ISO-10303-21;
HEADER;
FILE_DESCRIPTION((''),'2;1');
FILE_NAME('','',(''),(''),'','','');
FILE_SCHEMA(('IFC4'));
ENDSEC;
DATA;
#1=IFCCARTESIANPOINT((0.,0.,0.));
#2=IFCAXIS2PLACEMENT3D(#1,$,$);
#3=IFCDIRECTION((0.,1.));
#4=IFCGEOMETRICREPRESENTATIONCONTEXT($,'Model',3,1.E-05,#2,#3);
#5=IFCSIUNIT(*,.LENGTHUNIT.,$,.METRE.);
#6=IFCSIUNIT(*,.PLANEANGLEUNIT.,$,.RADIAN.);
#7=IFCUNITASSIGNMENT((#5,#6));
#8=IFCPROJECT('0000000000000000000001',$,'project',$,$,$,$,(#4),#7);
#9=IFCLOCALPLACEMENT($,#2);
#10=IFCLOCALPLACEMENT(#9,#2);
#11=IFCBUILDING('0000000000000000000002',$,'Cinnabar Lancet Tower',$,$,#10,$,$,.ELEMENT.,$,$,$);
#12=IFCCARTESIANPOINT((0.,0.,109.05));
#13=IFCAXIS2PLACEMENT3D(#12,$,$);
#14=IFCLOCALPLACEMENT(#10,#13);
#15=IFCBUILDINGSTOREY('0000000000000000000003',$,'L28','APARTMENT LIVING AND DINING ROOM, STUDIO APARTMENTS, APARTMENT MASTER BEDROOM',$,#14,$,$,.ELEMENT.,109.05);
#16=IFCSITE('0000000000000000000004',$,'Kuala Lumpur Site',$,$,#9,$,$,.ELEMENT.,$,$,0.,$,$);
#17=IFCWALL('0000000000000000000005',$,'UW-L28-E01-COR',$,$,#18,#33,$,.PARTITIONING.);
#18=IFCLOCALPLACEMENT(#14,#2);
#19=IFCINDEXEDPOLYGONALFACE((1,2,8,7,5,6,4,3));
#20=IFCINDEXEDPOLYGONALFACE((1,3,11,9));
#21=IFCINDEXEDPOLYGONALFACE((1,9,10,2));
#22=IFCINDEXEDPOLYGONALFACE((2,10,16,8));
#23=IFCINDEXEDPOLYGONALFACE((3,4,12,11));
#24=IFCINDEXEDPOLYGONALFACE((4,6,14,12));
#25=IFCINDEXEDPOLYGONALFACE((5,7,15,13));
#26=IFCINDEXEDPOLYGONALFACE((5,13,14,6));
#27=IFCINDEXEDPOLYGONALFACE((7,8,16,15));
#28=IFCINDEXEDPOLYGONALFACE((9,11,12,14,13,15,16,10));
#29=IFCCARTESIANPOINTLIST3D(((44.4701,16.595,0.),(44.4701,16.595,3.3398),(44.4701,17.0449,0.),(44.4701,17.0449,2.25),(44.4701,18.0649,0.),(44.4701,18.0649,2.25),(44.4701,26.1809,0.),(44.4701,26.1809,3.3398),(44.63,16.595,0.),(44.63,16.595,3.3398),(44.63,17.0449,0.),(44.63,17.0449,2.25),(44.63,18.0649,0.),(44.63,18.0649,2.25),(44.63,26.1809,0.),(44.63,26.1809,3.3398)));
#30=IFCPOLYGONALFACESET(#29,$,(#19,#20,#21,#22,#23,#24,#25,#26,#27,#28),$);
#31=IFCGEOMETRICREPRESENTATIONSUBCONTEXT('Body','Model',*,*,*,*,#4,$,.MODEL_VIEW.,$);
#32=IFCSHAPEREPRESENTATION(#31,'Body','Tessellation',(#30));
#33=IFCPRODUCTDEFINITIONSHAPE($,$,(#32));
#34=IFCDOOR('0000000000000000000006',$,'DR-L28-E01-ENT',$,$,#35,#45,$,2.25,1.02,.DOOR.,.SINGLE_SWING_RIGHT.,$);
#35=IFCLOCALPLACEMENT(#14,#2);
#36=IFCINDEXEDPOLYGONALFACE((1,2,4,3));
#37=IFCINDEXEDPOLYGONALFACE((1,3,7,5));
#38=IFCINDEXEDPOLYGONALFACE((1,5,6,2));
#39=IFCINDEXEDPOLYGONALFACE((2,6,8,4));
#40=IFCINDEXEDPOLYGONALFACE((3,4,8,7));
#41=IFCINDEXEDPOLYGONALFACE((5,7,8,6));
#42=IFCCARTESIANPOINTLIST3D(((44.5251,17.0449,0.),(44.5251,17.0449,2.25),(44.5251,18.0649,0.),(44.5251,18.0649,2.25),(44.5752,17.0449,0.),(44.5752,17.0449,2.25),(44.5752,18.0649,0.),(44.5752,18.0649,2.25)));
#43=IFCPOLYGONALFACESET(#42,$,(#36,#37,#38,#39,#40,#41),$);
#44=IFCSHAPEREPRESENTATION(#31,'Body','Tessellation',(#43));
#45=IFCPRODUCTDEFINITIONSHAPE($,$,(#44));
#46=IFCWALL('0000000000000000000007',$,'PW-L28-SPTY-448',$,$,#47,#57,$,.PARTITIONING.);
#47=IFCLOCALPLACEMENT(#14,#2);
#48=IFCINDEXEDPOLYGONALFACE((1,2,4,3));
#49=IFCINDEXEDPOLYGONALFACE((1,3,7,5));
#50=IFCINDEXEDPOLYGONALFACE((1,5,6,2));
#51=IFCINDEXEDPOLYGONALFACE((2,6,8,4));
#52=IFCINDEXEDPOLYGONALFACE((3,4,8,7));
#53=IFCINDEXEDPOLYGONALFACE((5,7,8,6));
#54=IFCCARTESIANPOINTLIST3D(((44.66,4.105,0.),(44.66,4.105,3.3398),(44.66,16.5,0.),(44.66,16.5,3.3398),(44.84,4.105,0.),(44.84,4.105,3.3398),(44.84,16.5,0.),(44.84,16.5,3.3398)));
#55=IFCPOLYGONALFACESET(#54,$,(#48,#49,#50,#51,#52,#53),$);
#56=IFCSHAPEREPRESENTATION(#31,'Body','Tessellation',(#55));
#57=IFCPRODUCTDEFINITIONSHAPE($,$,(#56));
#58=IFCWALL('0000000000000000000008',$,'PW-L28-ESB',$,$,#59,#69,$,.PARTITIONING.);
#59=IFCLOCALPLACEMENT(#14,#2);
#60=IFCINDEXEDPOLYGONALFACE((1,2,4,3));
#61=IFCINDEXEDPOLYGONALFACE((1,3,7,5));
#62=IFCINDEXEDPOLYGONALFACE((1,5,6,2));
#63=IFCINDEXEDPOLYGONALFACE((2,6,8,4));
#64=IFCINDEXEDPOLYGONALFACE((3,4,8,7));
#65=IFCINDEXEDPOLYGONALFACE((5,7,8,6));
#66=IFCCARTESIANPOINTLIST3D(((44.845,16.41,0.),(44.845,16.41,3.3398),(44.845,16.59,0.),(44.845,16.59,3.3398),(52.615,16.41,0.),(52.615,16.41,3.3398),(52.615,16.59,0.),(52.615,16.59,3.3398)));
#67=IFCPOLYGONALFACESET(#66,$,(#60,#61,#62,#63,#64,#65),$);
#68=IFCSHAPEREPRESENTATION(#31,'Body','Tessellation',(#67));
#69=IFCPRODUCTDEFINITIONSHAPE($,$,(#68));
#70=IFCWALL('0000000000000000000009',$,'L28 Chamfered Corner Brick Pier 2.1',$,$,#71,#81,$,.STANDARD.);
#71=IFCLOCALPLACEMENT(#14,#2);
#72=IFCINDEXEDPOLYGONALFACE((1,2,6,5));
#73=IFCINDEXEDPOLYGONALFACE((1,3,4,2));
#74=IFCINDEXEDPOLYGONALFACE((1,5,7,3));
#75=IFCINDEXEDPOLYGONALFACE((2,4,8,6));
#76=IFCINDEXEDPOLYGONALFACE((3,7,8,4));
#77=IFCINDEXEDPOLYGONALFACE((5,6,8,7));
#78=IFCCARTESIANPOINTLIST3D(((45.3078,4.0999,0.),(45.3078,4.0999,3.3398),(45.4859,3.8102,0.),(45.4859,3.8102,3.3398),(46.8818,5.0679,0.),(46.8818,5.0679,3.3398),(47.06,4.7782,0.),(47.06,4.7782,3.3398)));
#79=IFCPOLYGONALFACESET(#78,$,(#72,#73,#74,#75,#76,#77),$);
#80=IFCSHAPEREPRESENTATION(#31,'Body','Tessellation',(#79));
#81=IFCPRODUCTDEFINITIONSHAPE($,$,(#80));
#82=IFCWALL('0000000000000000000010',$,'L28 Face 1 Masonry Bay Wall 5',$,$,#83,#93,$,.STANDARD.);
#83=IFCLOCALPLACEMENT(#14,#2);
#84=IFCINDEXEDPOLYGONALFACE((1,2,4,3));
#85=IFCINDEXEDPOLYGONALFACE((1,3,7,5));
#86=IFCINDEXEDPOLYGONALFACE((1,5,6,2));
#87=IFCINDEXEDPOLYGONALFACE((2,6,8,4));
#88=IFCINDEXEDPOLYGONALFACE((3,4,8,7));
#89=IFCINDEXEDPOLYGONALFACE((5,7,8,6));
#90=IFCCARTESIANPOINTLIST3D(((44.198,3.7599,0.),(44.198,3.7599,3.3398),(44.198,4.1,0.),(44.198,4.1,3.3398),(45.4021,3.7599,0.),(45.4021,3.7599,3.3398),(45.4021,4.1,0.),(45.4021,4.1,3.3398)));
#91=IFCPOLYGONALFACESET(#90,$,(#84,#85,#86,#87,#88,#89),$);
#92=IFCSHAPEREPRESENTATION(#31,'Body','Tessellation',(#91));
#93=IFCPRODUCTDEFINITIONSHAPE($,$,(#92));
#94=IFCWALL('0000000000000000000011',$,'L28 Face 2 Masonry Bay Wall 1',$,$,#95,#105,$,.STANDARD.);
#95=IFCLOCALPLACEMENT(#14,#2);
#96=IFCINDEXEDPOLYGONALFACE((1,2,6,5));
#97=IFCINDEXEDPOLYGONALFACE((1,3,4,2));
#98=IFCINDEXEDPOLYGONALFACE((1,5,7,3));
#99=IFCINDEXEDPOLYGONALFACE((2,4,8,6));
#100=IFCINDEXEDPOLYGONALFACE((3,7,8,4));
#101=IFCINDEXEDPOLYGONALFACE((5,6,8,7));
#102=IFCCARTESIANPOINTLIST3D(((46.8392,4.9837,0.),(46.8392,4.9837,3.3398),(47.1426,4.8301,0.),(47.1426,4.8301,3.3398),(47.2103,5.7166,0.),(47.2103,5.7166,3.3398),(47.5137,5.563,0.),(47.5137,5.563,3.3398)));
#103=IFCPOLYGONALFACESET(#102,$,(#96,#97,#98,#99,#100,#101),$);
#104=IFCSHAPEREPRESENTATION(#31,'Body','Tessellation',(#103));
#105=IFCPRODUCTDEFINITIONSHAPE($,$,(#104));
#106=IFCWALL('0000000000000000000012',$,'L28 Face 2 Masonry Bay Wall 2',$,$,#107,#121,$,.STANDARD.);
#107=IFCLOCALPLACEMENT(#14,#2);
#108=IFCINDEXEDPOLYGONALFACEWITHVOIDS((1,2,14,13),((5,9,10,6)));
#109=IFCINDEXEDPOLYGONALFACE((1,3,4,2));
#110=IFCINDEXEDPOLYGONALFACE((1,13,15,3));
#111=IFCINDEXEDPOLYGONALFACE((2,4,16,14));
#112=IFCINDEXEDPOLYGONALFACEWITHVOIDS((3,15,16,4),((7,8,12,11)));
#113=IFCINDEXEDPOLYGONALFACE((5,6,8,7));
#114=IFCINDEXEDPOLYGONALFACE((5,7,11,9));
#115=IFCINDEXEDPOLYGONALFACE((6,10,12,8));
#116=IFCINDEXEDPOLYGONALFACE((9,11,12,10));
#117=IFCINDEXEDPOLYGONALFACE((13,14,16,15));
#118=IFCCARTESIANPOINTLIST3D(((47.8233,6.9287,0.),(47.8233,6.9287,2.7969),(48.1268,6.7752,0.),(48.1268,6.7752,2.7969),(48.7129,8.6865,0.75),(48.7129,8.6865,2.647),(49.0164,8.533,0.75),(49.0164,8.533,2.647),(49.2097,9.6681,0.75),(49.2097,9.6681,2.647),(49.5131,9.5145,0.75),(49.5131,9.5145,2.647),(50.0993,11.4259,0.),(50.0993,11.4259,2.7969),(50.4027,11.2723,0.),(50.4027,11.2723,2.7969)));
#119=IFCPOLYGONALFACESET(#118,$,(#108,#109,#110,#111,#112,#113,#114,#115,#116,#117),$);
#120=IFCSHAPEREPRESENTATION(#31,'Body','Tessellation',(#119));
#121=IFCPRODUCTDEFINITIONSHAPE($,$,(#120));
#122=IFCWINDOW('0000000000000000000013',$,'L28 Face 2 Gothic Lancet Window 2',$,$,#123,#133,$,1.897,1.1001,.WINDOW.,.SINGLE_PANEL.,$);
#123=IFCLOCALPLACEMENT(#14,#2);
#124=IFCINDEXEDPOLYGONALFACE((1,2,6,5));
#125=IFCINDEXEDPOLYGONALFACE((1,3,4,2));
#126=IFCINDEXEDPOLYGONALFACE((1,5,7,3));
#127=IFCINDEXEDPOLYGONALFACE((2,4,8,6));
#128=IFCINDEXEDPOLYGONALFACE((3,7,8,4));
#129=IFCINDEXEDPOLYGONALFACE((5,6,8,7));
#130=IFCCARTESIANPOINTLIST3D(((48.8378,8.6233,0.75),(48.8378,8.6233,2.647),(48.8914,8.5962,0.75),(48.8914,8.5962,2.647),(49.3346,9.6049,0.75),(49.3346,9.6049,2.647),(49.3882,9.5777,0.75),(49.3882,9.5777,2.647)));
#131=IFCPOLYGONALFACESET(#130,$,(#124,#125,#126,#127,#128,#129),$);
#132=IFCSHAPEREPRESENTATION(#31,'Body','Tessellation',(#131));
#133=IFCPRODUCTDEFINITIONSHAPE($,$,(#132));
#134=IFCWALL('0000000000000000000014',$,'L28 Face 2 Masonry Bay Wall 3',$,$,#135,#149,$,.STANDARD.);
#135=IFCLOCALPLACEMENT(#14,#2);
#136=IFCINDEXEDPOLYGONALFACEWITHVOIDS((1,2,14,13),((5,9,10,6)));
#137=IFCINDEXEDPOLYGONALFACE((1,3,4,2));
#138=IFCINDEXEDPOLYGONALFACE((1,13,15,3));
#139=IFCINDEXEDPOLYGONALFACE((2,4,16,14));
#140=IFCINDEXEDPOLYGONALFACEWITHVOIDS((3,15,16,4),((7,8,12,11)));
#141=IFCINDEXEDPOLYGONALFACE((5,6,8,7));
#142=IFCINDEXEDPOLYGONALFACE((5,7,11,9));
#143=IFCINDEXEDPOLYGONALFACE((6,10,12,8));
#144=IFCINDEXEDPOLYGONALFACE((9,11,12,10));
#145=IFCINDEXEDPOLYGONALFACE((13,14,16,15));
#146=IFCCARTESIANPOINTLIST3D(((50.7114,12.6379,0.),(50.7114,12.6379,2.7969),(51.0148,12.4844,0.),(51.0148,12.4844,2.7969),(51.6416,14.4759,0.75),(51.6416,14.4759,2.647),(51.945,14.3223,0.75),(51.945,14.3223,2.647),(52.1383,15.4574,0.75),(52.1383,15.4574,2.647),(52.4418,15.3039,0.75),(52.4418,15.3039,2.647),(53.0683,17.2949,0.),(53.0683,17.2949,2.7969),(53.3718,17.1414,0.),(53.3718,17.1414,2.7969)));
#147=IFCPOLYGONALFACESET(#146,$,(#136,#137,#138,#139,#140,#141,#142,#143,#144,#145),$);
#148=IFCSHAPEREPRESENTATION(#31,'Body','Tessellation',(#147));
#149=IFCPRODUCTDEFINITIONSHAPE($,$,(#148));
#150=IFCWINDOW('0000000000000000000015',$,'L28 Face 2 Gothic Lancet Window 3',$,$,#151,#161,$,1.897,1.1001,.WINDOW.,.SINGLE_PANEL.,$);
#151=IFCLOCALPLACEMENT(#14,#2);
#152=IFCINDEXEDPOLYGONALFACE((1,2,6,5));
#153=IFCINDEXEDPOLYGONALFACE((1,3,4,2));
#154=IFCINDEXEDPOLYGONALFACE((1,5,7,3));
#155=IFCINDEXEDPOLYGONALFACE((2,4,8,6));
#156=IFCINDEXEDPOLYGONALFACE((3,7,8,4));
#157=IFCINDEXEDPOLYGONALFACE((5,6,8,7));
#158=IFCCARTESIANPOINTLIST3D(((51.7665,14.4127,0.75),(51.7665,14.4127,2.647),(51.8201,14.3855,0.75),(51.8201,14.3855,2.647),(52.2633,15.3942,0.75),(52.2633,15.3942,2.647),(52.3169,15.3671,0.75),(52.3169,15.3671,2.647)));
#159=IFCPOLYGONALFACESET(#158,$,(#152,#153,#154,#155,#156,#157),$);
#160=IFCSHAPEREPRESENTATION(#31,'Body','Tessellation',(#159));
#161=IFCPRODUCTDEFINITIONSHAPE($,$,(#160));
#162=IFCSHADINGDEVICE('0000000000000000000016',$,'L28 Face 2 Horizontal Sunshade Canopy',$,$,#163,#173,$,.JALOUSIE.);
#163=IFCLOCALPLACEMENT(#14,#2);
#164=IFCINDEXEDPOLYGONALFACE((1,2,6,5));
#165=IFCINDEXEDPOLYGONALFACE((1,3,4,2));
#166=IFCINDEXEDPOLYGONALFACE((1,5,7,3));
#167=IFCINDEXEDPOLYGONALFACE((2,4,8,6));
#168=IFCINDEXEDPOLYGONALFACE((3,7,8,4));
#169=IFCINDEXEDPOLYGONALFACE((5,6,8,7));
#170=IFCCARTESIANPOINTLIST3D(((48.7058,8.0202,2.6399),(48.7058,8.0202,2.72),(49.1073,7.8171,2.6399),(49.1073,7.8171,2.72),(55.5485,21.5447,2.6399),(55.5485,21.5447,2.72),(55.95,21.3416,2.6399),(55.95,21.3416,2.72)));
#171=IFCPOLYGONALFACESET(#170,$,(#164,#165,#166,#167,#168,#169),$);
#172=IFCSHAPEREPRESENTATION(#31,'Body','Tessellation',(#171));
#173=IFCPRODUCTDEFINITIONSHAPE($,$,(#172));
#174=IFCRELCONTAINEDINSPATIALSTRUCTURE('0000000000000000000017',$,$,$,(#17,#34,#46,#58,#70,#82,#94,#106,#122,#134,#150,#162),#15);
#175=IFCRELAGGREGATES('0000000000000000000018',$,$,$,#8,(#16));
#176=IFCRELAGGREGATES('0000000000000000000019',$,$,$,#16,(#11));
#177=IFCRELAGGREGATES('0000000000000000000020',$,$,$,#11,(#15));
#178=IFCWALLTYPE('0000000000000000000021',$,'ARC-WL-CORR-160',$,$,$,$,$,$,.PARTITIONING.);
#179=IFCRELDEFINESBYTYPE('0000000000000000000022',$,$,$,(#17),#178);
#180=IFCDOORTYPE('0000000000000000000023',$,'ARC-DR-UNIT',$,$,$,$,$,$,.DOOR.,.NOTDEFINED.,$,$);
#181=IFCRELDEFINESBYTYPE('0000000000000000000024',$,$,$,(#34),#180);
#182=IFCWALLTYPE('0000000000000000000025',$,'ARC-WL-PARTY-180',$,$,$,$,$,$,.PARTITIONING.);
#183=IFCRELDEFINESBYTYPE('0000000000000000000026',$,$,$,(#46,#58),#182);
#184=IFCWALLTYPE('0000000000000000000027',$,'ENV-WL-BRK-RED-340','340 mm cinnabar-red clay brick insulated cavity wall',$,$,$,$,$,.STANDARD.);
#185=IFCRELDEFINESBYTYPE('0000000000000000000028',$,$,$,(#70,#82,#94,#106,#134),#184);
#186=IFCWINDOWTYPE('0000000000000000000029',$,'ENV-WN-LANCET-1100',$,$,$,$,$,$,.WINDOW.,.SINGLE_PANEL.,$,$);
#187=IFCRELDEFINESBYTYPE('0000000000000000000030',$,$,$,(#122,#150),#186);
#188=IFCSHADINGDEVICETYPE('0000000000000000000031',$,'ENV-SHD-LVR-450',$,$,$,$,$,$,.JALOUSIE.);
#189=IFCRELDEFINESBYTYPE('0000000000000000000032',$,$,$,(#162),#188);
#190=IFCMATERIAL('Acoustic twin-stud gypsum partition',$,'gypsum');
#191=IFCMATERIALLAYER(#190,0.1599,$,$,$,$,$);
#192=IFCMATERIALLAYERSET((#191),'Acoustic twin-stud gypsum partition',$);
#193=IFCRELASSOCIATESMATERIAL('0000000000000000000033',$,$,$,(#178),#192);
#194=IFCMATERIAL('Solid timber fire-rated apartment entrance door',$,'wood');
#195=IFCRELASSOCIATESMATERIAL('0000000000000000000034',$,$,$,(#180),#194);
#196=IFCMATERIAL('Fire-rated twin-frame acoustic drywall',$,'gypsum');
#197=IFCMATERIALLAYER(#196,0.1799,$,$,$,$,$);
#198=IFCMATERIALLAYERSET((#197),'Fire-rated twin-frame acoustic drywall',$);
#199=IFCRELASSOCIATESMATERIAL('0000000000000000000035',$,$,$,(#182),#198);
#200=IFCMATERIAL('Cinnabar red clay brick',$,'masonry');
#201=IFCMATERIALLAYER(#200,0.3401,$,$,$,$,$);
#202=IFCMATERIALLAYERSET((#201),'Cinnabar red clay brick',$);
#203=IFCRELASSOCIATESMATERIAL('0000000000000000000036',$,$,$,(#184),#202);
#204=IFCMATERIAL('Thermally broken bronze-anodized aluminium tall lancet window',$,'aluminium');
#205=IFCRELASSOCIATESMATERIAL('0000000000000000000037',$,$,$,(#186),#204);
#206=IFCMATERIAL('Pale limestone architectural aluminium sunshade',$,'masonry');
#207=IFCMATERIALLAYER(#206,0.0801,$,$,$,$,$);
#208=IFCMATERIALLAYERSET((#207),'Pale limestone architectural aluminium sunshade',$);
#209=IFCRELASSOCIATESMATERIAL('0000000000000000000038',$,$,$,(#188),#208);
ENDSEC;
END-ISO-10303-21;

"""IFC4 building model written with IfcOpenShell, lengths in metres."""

from ifc_helpers import new_model, si_unit, direction, frame, frame_2d, origin, origin_2d, place, context, subcontext, project, spatial, rectangle, extrude, material, layer, layer_set, type_object, element, fill, save


model = new_model("IFC4")

# Units and contexts
model_context = context("Model", 3, precision=1e-05, world=origin(), true_north=direction((0.0, 1.0)))
body_context = subcontext(model_context, "Body", "Model", "MODEL_VIEW")
ifc_project = project(units=[si_unit("LENGTHUNIT", "METRE"), si_unit("PLANEANGLEUNIT", "RADIAN")], contexts=[model_context])

# Site, building, storey
site_placement = place(None, origin())
site = spatial("IfcSite", under=ifc_project, at=site_placement, Name="Kuala Lumpur Site", CompositionType="ELEMENT", RefElevation=0.0)
building_placement = place(site_placement, origin())
building = spatial("IfcBuilding", under=site, at=building_placement, Name="Cinnabar Lancet Tower", CompositionType="ELEMENT")
storey_placement = place(building_placement, frame((0.0, 0.0, 109.05)))
storey = spatial("IfcBuildingStorey", under=building, at=storey_placement, Name="L28", Description="APARTMENT LIVING AND DINING ROOM, STUDIO APARTMENTS, APARTMENT MASTER BEDROOM", CompositionType="ELEMENT", Elevation=109.05)

# Wall, opening, door
ifc_material_1 = material(Name="Acoustic twin-stud gypsum partition", Category="gypsum")
ifc_layer_1 = layer(ifc_material_1, 0.1599)
ifc_layer_set_1 = layer_set([ifc_layer_1], Name="Acoustic twin-stud gypsum partition")
wall_type_1 = type_object("IfcWallType", Name="ARC-WL-CORR-160", PredefinedType="PARTITIONING", material=ifc_layer_set_1)
wall_1_placement = place(storey_placement, frame((44.55, 16.595, 0.0), z_axis=(0.0, 0.0, 1.0), x_axis=(0.0, 1.0, 0.0)))
wall_1 = element("IfcWall", 1, at=wall_1_placement, inside=storey, type_object=wall_type_1, Name="UW-L28-E01-COR", PredefinedType="PARTITIONING", context=body_context, shape_type="SweptSolid", body=[
    extrude(rectangle(XDim=9.5859, YDim=0.1599, at=frame_2d((4.793, 0.0))), origin(), (0.0, 0.0, 1.0), 3.3398),
])
opening_1_placement = place(wall_1_placement, frame((0.45, 0.0, 0.0)))
opening_1 = element("IfcOpeningElement", 2, at=opening_1_placement, cuts=wall_1, PredefinedType="OPENING", context=body_context, shape_type="SweptSolid", body=[
    extrude(rectangle(XDim=1.02, YDim=2.25, at=frame_2d((0.51, 1.125))), frame((0.0, 0.0898, 0.0), z_axis=(0.0, -1.0, 0.0), x_axis=(1.0, 0.0, 0.0)), (0.0, 0.0, 1.0), 0.1799),
])
ifc_material_2 = material(Name="Solid timber fire-rated apartment entrance door", Category="wood")
door_type = type_object("IfcDoorType", Name="ARC-DR-UNIT", OperationType="NOTDEFINED", PredefinedType="DOOR", material=ifc_material_2)
door_placement = place(opening_1_placement, origin())
door = element("IfcDoor", 3, at=door_placement, inside=storey, type_object=door_type, Name="DR-L28-E01-ENT", OperationType="SINGLE_SWING_RIGHT", OverallHeight=2.25, OverallWidth=1.02, PredefinedType="DOOR", context=body_context, shape_type="SweptSolid", body=[
    extrude(rectangle(XDim=1.02, YDim=2.25, at=frame_2d((0.51, 1.125))), frame((0.0, 0.0249, 0.0), z_axis=(0.0, -1.0, 0.0), x_axis=(1.0, 0.0, 0.0)), (0.0, 0.0, 1.0), 0.05),
])
fill(opening_1, door)

# Walls
ifc_material_3 = material(Name="Fire-rated twin-frame acoustic drywall", Category="gypsum")
ifc_layer_2 = layer(ifc_material_3, 0.1799)
ifc_layer_set_2 = layer_set([ifc_layer_2], Name="Fire-rated twin-frame acoustic drywall")
wall_type_2 = type_object("IfcWallType", Name="ARC-WL-PARTY-180", PredefinedType="PARTITIONING", material=ifc_layer_set_2)
wall_2_placement = place(storey_placement, frame((44.75, 4.105, 0.0), z_axis=(0.0, 0.0, 1.0), x_axis=(0.0, 1.0, 0.0)))
element("IfcWall", 4, at=wall_2_placement, inside=storey, type_object=wall_type_2, Name="PW-L28-SPTY-448", PredefinedType="PARTITIONING", context=body_context, shape_type="SweptSolid", body=[
    extrude(rectangle(XDim=12.395, YDim=0.1799, at=frame_2d((6.1975, 0.0))), origin(), (0.0, 0.0, 1.0), 3.3398),
])
wall_3_placement = place(storey_placement, frame((44.845, 16.5, 0.0), z_axis=(0.0, 0.0, 1.0), x_axis=(1.0, 0.0, 0.0)))
element("IfcWall", 5, at=wall_3_placement, inside=storey, type_object=wall_type_2, Name="PW-L28-ESB", PredefinedType="PARTITIONING", context=body_context, shape_type="SweptSolid", body=[
    extrude(rectangle(XDim=7.77, YDim=0.1799, at=frame_2d((3.885, 0.0))), origin(), (0.0, 0.0, 1.0), 3.3398),
])
ifc_material_4 = material(Name="Cinnabar red clay brick", Category="masonry")
ifc_layer_3 = layer(ifc_material_4, 0.3401)
ifc_layer_set_3 = layer_set([ifc_layer_3], Name="Cinnabar red clay brick")
wall_type_3 = type_object("IfcWallType", Name="ENV-WL-BRK-RED-340", Description="340 mm cinnabar-red clay brick insulated cavity wall", PredefinedType="STANDARD", material=ifc_layer_set_3)
wall_4_placement = place(storey_placement, frame((45.397, 3.9551, 0.0), z_axis=(0.0, 0.0, 1.0), x_axis=(0.851799, 0.523869, 0.0)))
element("IfcWall", 6, at=wall_4_placement, inside=storey, type_object=wall_type_3, Name="L28 Chamfered Corner Brick Pier 2.1", PredefinedType="STANDARD", context=body_context, shape_type="SweptSolid", body=[
    extrude(rectangle(XDim=1.8479, YDim=0.3401, at=frame_2d((0.9238, 0.0))), origin(), (0.0, 0.0, 1.0), 3.3398),
])
wall_5_placement = place(storey_placement, frame((44.198, 3.9299, 0.0), z_axis=(0.0, 0.0, 1.0), x_axis=(1.0, 0.0, 0.0)))
element("IfcWall", 7, at=wall_5_placement, inside=storey, type_object=wall_type_3, Name="L28 Face 1 Masonry Bay Wall 5", PredefinedType="STANDARD", context=body_context, shape_type="SweptSolid", body=[
    extrude(rectangle(XDim=1.2041, YDim=0.3401, at=frame_2d((0.6021, 0.0))), origin(), (0.0, 0.0, 1.0), 3.3398),
])
wall_6_placement = place(storey_placement, frame((46.991, 4.907, 0.0), z_axis=(0.0, 0.0, 1.0), x_axis=(0.451725, 0.892157, 0.0)))
element("IfcWall", 8, at=wall_6_placement, inside=storey, type_object=wall_type_3, Name="L28 Face 2 Masonry Bay Wall 1", PredefinedType="STANDARD", context=body_context, shape_type="SweptSolid", body=[
    extrude(rectangle(XDim=0.8215, YDim=0.3401, at=frame_2d((0.4106, 0.0))), origin(), (0.0, 0.0, 1.0), 3.3398),
])

# Walls, openings, windows
wall_7_placement = place(storey_placement, frame((47.9751, 6.8521, 0.0), z_axis=(0.0, 0.0, 1.0), x_axis=(0.451548, 0.892247, 0.0)))
wall_7 = element("IfcWall", 9, at=wall_7_placement, inside=storey, type_object=wall_type_3, Name="L28 Face 2 Masonry Bay Wall 2", PredefinedType="STANDARD", context=body_context, shape_type="SweptSolid", body=[
    extrude(rectangle(XDim=5.0403, YDim=0.3401, at=frame_2d((2.52, 0.0))), origin(), (0.0, 0.0, 1.0), 2.7969),
])
opening_2_placement = place(wall_7_placement, frame((1.97, 0.0, 0.75)))
opening_2 = element("IfcOpeningElement", 10, at=opening_2_placement, cuts=wall_7, PredefinedType="OPENING", context=body_context, shape_type="SweptSolid", body=[
    extrude(rectangle(XDim=1.1001, YDim=1.897, at=frame_2d((0.55, 0.9485))), frame((0.0, 0.1799, 0.0), z_axis=(0.0, -1.0, 0.0), x_axis=(1.0, 0.0, 0.0)), (0.0, 0.0, 1.0), 0.3601),
])
ifc_material_5 = material(Name="Thermally broken bronze-anodized aluminium tall lancet window", Category="aluminium")
window_type = type_object("IfcWindowType", Name="ENV-WN-LANCET-1100", PartitioningType="SINGLE_PANEL", PredefinedType="WINDOW", material=ifc_material_5)
window_1_placement = place(opening_2_placement, origin())
window_1 = element("IfcWindow", 11, at=window_1_placement, inside=storey, type_object=window_type, Name="L28 Face 2 Gothic Lancet Window 2", OverallHeight=1.897, OverallWidth=1.1001, PartitioningType="SINGLE_PANEL", PredefinedType="WINDOW", context=body_context, shape_type="SweptSolid", body=[
    extrude(rectangle(XDim=1.1001, YDim=1.897, at=frame_2d((0.55, 0.9485))), frame((0.0, 0.03, 0.0), z_axis=(0.0, -1.0, 0.0), x_axis=(1.0, 0.0, 0.0)), (0.0, 0.0, 1.0), 0.0601),
])
fill(opening_2, window_1)
wall_8_placement = place(storey_placement, frame((50.863, 12.561, 0.0), z_axis=(0.0, 0.0, 1.0), x_axis=(0.451568, 0.892237, 0.0)))
wall_8 = element("IfcWall", 12, at=wall_8_placement, inside=storey, type_object=wall_type_3, Name="L28 Face 2 Masonry Bay Wall 3", PredefinedType="STANDARD", context=body_context, shape_type="SweptSolid", body=[
    extrude(rectangle(XDim=5.2195, YDim=0.3401, at=frame_2d((2.6099, 0.0))), origin(), (0.0, 0.0, 1.0), 2.7969),
])
opening_3_placement = place(wall_8_placement, frame((2.0601, 0.0, 0.75)))
opening_3 = element("IfcOpeningElement", 13, at=opening_3_placement, cuts=wall_8, PredefinedType="OPENING", context=body_context, shape_type="SweptSolid", body=[
    extrude(rectangle(XDim=1.1001, YDim=1.897, at=frame_2d((0.55, 0.9485))), frame((0.0, 0.1799, 0.0), z_axis=(0.0, -1.0, 0.0), x_axis=(1.0, 0.0, 0.0)), (0.0, 0.0, 1.0), 0.3601),
])
window_2_placement = place(opening_3_placement, origin())
window_2 = element("IfcWindow", 14, at=window_2_placement, inside=storey, type_object=window_type, Name="L28 Face 2 Gothic Lancet Window 3", OverallHeight=1.897, OverallWidth=1.1001, PartitioningType="SINGLE_PANEL", PredefinedType="WINDOW", context=body_context, shape_type="SweptSolid", body=[
    extrude(rectangle(XDim=1.1001, YDim=1.897, at=frame_2d((0.55, 0.9485))), frame((0.0, 0.03, 0.0), z_axis=(0.0, -1.0, 0.0), x_axis=(1.0, 0.0, 0.0)), (0.0, 0.0, 1.0), 0.0601),
])
fill(opening_3, window_2)

# Shading device
ifc_material_6 = material(Name="Pale limestone architectural aluminium sunshade", Category="masonry")
ifc_layer_4 = layer(ifc_material_6, 0.0801)
ifc_layer_set_4 = layer_set([ifc_layer_4], Name="Pale limestone architectural aluminium sunshade")
shading_device_type = type_object("IfcShadingDeviceType", Name="ENV-SHD-LVR-450", PredefinedType="JALOUSIE", material=ifc_layer_set_4)
shading_device_placement = place(storey_placement, frame((52.3279, 14.6809, 2.6399), z_axis=(0.0, 0.0, 1.0), x_axis=(0.451454, 0.892294, 0.0)))
element("IfcShadingDevice", 15, at=shading_device_placement, inside=storey, type_object=shading_device_type, Name="L28 Face 2 Horizontal Sunshade Canopy", PredefinedType="JALOUSIE", context=body_context, shape_type="SweptSolid", body=[
    extrude(rectangle(XDim=15.157, YDim=0.45, at=origin_2d()), origin(), (0.0, 0.0, 1.0), 0.0801),
])

save(model, "model.ifc")
